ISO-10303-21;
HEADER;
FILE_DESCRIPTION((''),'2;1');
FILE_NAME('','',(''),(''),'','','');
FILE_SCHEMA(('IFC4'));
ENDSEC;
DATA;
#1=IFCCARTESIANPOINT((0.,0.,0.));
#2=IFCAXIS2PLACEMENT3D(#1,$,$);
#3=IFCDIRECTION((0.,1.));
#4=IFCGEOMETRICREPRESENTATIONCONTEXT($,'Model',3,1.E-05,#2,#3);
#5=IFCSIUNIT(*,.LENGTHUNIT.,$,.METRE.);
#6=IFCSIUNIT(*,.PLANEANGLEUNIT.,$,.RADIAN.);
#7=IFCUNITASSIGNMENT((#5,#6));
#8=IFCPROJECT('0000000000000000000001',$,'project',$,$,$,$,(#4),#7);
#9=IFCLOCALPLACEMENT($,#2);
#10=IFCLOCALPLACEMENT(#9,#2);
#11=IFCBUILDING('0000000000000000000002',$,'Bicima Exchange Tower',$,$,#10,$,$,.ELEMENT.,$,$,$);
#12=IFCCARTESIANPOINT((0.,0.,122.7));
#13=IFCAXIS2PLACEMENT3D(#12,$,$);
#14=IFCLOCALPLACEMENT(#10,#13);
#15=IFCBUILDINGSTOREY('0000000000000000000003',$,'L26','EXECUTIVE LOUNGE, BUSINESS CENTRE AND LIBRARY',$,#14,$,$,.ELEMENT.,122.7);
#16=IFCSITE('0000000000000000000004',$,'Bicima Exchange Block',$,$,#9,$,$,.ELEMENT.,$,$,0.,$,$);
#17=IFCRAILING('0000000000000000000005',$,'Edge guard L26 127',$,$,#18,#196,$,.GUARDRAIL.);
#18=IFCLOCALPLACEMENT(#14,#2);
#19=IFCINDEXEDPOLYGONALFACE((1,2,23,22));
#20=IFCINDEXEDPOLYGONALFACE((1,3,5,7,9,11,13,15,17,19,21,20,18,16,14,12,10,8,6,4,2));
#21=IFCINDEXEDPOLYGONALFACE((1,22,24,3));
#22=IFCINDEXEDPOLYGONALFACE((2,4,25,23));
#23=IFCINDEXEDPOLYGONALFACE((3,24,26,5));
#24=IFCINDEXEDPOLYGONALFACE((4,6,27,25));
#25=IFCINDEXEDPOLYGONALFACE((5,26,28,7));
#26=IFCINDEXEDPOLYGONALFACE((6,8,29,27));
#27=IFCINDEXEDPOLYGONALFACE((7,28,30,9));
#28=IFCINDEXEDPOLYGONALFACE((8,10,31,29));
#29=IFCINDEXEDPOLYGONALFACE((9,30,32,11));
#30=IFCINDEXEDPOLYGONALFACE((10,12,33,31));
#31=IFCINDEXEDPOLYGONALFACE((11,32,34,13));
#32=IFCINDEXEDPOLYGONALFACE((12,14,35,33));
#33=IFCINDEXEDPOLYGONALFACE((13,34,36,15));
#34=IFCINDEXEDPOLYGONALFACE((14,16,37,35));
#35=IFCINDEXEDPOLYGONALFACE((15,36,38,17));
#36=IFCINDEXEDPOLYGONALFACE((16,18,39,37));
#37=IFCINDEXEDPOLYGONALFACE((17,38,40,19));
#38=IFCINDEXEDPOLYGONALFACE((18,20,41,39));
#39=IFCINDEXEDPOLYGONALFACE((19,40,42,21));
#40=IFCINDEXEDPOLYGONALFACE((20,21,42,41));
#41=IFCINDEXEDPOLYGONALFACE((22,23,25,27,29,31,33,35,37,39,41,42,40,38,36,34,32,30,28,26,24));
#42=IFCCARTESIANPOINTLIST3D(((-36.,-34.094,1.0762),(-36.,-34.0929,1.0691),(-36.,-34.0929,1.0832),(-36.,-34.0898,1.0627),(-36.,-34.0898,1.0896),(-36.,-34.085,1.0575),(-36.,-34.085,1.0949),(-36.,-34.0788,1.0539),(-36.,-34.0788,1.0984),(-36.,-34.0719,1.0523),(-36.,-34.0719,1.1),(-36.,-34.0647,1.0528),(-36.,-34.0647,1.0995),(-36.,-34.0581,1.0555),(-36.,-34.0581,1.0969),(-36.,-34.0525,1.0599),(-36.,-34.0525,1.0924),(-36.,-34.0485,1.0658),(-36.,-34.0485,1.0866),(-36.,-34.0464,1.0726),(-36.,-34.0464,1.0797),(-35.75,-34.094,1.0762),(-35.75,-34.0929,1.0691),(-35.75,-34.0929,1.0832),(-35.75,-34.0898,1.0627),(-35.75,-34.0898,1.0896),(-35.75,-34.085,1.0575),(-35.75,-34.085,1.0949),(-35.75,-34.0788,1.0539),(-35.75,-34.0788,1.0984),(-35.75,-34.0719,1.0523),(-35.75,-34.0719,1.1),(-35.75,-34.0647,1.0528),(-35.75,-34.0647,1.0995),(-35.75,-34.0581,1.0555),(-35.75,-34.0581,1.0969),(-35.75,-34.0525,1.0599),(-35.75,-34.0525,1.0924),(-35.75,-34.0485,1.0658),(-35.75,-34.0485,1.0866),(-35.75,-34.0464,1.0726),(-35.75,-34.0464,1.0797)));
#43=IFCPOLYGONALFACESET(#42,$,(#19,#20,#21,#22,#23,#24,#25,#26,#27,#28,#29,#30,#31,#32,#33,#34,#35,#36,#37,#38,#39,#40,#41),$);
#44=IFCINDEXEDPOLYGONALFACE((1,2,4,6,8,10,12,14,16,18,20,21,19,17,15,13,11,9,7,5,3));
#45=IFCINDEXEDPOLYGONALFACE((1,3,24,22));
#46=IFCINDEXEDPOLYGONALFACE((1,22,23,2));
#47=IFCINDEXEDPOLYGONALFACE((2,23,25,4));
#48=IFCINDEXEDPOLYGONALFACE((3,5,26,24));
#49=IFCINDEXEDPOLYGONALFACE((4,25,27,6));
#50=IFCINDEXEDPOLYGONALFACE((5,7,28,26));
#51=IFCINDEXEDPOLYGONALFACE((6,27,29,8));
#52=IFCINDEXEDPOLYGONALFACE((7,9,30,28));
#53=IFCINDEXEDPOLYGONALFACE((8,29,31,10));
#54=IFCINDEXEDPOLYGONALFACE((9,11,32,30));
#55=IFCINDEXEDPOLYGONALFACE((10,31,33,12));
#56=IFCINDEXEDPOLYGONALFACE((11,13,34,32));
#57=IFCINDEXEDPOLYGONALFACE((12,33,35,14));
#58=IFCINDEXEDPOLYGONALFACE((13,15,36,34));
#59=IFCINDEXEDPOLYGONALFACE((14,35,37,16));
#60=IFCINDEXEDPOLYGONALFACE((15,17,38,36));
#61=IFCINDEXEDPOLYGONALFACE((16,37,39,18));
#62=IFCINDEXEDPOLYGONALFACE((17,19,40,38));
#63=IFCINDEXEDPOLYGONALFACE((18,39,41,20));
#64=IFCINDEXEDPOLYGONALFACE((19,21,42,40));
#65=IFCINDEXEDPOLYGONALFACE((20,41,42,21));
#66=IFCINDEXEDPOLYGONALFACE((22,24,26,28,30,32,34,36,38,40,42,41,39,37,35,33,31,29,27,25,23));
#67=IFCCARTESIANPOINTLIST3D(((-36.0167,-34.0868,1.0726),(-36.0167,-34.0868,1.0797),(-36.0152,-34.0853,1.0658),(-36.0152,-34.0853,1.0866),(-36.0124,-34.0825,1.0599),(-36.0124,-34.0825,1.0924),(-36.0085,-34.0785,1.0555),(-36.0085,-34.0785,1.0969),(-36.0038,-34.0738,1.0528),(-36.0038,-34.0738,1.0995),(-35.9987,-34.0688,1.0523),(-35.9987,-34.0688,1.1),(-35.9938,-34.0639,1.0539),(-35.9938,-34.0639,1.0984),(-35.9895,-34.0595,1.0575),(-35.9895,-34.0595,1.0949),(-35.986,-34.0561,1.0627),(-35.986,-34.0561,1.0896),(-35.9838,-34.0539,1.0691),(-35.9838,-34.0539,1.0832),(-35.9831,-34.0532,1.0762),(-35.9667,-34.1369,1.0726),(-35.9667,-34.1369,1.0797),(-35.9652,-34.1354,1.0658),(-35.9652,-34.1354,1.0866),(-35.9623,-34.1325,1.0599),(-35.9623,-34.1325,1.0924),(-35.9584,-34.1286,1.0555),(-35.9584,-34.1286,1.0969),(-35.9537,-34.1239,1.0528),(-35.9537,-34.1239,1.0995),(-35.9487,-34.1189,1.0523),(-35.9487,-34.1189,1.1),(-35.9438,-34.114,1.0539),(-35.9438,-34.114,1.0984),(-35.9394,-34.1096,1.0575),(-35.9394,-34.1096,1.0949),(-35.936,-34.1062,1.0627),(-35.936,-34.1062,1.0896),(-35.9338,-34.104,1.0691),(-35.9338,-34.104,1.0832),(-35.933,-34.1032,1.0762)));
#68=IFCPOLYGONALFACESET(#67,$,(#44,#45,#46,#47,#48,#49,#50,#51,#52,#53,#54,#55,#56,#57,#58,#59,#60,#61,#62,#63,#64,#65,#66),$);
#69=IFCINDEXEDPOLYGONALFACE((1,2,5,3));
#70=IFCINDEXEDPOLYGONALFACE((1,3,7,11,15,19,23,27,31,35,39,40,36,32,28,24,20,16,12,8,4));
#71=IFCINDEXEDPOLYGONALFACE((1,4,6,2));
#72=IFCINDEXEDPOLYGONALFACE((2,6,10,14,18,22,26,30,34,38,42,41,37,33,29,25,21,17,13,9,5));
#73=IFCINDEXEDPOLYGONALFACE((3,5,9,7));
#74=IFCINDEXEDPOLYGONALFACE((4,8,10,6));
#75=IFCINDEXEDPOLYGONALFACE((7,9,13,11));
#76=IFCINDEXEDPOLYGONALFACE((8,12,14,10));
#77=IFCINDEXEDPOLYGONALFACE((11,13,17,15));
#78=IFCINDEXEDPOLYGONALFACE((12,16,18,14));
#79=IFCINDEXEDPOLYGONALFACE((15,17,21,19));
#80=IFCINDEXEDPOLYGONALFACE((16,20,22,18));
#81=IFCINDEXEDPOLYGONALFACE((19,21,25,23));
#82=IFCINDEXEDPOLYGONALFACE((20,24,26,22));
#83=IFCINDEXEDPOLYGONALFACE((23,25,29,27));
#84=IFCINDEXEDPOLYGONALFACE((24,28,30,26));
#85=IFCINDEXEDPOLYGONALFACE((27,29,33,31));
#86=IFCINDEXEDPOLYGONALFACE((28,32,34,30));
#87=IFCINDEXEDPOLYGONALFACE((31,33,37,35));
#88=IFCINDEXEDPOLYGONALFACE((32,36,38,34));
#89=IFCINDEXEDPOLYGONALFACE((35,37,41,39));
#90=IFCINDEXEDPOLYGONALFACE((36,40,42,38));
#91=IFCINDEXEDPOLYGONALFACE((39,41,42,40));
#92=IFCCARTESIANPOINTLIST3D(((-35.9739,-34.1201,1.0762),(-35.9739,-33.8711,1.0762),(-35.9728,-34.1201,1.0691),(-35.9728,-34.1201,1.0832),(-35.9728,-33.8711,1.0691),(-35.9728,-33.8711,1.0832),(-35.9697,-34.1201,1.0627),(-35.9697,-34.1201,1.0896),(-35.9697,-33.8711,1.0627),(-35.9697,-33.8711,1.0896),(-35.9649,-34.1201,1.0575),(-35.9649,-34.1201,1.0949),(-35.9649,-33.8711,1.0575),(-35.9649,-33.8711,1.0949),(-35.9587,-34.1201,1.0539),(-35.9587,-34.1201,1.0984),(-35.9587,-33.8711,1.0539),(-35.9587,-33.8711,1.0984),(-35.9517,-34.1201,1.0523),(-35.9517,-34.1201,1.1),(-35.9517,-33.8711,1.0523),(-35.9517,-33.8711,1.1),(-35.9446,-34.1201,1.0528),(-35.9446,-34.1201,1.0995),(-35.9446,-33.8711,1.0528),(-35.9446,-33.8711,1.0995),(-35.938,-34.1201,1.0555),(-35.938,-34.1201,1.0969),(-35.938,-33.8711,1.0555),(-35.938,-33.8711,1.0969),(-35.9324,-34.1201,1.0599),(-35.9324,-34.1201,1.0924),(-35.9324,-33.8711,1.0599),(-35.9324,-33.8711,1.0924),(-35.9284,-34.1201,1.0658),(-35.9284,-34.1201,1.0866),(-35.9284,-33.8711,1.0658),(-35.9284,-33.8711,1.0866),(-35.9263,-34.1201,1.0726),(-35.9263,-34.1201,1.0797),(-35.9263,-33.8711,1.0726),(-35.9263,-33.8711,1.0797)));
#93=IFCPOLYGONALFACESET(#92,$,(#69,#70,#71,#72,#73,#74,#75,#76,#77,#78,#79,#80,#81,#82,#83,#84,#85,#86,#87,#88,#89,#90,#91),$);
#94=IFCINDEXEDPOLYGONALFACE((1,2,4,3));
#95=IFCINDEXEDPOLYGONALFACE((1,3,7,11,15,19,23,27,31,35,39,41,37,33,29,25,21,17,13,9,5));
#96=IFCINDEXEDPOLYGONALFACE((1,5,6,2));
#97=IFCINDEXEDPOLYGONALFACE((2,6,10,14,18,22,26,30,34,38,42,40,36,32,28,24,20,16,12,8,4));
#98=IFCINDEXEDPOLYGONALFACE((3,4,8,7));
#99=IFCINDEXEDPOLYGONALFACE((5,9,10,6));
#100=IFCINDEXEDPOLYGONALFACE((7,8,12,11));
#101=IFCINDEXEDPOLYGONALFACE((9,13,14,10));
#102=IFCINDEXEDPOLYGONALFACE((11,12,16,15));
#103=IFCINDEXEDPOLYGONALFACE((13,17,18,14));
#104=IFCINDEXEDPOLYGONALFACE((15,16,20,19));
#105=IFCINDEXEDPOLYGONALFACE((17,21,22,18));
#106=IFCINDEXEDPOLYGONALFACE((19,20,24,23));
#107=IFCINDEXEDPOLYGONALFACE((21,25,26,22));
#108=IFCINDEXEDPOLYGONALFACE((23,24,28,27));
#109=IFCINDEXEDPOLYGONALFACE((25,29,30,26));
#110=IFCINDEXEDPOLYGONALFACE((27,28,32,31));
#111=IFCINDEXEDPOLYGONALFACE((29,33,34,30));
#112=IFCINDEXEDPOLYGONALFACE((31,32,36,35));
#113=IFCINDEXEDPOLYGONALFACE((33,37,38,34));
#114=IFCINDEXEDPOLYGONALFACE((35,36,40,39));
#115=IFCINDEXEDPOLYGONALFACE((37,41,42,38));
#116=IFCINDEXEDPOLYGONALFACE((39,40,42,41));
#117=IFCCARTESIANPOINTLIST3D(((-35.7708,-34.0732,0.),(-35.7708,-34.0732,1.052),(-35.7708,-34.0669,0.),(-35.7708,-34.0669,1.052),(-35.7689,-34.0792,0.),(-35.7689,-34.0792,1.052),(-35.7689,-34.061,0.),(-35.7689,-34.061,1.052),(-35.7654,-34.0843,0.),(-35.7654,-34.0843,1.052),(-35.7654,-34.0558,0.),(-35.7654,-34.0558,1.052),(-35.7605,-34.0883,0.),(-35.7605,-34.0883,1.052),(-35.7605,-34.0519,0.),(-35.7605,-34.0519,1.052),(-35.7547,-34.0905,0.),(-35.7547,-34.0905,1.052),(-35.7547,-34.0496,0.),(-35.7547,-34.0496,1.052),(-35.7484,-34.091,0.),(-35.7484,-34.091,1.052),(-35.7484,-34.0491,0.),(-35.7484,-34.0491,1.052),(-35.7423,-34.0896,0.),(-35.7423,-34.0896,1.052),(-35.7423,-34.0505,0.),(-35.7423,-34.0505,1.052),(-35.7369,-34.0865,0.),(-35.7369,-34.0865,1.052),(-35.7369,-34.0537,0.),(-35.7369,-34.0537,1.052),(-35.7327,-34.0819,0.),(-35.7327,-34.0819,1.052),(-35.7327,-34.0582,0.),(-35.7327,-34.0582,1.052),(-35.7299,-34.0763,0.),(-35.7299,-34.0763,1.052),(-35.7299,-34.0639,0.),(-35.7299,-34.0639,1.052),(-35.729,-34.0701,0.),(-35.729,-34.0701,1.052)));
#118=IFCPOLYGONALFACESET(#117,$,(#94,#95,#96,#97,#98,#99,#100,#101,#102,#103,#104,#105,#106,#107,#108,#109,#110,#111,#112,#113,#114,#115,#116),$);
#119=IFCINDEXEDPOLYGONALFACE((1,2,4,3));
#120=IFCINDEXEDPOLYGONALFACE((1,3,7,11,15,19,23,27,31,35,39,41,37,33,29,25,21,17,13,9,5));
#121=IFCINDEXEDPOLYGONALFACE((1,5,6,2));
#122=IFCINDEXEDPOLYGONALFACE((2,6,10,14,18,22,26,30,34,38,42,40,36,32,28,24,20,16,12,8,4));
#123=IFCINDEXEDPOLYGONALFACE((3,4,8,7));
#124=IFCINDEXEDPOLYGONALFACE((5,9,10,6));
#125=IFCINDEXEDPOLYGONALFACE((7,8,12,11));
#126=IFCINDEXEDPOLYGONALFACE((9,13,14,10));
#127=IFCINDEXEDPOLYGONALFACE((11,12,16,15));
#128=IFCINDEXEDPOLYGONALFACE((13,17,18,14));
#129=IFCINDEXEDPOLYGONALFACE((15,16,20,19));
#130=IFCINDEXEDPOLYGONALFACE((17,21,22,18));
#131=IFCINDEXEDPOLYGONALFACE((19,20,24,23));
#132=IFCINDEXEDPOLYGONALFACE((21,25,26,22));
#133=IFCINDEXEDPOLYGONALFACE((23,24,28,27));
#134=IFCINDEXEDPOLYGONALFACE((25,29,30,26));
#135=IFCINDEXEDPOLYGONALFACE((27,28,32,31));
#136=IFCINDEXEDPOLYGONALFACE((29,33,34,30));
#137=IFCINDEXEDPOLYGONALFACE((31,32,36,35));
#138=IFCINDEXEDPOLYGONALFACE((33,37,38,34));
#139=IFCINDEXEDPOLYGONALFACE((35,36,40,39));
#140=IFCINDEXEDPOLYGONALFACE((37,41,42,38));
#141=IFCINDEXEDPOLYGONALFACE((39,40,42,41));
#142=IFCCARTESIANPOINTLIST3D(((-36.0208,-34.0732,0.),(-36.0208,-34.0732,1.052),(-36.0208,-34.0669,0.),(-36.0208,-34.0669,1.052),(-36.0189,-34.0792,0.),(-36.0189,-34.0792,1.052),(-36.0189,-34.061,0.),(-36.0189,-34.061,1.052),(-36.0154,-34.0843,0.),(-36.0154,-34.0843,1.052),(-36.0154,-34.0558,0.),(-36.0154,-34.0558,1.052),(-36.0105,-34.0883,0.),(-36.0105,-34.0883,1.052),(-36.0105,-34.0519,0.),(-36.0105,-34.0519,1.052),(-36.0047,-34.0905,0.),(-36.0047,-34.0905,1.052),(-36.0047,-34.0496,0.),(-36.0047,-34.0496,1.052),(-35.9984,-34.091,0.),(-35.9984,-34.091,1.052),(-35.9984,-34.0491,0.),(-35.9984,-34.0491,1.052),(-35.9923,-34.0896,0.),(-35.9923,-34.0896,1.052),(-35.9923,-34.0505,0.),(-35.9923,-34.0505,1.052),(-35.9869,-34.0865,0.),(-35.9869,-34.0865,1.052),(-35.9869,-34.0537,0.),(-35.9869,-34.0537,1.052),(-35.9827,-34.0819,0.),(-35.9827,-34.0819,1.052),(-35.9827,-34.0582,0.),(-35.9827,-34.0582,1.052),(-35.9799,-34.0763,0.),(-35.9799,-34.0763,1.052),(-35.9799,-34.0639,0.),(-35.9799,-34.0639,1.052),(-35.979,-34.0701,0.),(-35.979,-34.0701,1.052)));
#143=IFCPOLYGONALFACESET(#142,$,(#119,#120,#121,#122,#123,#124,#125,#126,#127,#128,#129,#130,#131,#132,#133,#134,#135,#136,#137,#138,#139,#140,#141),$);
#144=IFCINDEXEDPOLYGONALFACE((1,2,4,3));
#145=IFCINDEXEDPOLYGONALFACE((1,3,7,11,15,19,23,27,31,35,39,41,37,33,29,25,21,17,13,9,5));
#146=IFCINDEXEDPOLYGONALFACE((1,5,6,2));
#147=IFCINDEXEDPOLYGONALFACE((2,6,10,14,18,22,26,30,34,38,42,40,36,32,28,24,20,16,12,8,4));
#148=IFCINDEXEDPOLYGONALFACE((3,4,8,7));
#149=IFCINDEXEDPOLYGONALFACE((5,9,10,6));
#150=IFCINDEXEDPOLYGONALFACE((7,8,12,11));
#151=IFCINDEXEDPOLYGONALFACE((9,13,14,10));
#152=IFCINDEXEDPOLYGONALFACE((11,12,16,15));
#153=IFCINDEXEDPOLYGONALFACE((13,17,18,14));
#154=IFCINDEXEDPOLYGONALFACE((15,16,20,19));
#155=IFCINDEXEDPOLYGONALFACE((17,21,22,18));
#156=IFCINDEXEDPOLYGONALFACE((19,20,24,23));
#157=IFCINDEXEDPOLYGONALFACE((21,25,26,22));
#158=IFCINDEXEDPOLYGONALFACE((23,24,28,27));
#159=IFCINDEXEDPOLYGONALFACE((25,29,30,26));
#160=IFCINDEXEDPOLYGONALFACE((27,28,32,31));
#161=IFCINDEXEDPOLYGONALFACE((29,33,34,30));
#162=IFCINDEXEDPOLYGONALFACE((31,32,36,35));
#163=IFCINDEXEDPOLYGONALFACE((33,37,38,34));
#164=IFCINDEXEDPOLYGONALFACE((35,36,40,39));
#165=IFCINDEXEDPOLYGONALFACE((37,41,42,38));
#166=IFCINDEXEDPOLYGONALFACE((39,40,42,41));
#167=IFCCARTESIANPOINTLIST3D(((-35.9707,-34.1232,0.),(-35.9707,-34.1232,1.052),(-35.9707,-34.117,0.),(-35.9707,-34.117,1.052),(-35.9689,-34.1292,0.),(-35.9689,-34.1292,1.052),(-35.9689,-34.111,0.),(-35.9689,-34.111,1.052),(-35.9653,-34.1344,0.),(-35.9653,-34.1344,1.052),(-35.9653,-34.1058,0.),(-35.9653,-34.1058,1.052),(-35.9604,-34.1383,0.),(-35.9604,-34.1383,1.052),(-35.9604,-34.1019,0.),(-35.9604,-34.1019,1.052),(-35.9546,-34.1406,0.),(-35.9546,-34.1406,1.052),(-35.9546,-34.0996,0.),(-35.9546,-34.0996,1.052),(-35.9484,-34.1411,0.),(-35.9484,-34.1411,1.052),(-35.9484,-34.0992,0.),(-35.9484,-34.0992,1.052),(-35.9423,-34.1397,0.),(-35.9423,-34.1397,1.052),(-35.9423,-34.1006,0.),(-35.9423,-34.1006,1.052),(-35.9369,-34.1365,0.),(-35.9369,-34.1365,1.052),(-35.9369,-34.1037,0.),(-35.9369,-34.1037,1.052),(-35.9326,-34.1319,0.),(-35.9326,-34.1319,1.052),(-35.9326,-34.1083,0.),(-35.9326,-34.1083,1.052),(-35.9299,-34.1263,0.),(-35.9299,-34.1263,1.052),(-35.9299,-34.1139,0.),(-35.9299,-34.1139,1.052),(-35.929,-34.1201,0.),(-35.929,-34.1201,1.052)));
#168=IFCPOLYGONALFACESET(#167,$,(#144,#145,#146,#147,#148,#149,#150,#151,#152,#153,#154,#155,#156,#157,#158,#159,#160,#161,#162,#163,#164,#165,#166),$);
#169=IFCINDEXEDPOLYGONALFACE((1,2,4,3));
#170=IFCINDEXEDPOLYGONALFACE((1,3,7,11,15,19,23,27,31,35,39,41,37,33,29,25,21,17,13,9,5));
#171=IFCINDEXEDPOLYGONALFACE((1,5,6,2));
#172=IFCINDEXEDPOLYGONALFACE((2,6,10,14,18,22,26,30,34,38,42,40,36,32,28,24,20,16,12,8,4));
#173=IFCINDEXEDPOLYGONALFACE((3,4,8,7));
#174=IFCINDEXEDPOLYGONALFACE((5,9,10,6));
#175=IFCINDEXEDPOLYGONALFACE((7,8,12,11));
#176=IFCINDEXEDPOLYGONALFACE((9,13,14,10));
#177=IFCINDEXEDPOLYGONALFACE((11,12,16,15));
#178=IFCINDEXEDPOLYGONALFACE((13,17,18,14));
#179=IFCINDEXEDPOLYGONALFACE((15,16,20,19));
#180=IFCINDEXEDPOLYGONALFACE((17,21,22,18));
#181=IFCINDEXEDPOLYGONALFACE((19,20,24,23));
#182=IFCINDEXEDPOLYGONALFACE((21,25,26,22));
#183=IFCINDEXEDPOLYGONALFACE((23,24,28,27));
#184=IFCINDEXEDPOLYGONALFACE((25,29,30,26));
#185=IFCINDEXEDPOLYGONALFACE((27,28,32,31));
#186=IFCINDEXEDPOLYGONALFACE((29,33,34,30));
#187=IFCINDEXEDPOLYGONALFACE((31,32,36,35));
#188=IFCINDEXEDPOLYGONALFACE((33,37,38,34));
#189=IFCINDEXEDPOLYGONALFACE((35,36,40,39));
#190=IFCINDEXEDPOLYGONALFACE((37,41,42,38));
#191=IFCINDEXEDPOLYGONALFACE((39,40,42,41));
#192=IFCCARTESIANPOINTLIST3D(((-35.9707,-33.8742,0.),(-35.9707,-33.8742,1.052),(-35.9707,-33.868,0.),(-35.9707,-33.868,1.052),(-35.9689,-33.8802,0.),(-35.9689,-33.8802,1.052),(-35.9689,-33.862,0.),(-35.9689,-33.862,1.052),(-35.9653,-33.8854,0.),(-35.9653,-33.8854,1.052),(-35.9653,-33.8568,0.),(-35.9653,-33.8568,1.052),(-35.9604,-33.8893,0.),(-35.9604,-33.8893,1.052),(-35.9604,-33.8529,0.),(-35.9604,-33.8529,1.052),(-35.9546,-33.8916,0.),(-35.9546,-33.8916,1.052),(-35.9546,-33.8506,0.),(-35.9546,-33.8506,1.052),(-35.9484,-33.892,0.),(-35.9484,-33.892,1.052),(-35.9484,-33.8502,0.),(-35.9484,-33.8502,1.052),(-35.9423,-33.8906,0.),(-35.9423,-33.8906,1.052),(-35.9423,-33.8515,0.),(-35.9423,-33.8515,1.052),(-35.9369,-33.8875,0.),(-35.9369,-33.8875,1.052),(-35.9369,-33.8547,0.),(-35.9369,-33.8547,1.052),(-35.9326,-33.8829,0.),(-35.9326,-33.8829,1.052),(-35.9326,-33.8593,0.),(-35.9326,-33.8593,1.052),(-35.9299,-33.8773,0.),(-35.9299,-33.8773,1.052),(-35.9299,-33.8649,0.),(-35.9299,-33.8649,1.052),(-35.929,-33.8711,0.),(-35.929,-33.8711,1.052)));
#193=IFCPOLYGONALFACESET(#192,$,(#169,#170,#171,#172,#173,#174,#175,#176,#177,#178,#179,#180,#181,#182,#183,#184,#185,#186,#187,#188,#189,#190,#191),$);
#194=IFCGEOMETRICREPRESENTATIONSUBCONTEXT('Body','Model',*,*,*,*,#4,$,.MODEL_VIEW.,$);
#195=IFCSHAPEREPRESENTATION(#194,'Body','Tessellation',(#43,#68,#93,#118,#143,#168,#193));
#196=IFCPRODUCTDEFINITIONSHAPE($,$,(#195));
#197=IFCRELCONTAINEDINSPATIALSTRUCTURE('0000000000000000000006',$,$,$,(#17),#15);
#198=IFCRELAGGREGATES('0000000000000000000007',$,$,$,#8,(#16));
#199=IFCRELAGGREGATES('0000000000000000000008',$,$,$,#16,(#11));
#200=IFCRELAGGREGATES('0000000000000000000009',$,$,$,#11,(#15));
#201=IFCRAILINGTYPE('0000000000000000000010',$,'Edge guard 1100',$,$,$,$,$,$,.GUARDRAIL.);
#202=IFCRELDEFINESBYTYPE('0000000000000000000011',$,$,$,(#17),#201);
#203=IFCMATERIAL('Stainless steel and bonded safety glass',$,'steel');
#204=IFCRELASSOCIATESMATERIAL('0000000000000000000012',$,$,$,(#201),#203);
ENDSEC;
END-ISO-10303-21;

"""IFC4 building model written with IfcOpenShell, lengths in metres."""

from ifc_helpers import new_model, si_unit, direction, frame, origin, origin_2d, place, context, subcontext, project, spatial, circle, extrude, material, type_object, element, save


model = new_model("IFC4")

# Units and contexts
model_context = context("Model", 3, precision=1e-05, world=origin(), true_north=direction((0.0, 1.0)))
body_context = subcontext(model_context, "Body", "Model", "MODEL_VIEW")
ifc_project = project(units=[si_unit("LENGTHUNIT", "METRE"), si_unit("PLANEANGLEUNIT", "RADIAN")], contexts=[model_context])

# Site, building, storey
site_placement = place(None, origin())
site = spatial("IfcSite", under=ifc_project, at=site_placement, Name="Bicima Exchange Block", CompositionType="ELEMENT", RefElevation=0.0)
building_placement = place(site_placement, origin())
building = spatial("IfcBuilding", under=site, at=building_placement, Name="Bicima Exchange Tower", CompositionType="ELEMENT")
storey_placement = place(building_placement, frame((0.0, 0.0, 122.7)))
storey = spatial("IfcBuildingStorey", under=building, at=storey_placement, Name="L26", Description="EXECUTIVE LOUNGE, BUSINESS CENTRE AND LIBRARY", CompositionType="ELEMENT", Elevation=122.7)

# Railing
ifc_material_1 = material(Name="Stainless steel and bonded safety glass", Category="steel")
railing_type = type_object("IfcRailingType", Name="Edge guard 1100", PredefinedType="GUARDRAIL", material=ifc_material_1)
railing_1_placement = place(storey_placement, frame((-35.75, -34.0701, 0.0)))
element("IfcRailing", 1, at=railing_1_placement, inside=storey, type_object=railing_type, Name="Edge guard L26 127", PredefinedType="GUARDRAIL", context=body_context, shape_type="SweptSolid", body=[
    extrude(circle(Radius=0.0239, at=origin_2d()), frame((0.0, 0.0, 1.0762), z_axis=(-1.0, 0.0, 0.0), x_axis=(0.0, -1.0, 0.0)), (0.0, 0.0, 1.0), 0.25),
    extrude(circle(Radius=0.0239, at=origin_2d()), frame((-0.25, 0.0, 1.0762), z_axis=(0.707107, -0.707107, 0.0), x_axis=(0.707107, 0.707107, 0.0)), (0.0, 0.0, 1.0), 0.0708),
    extrude(circle(Radius=0.0239, at=origin_2d()), frame((-0.2, -0.05, 1.0762), z_axis=(0.0, 1.0, 0.0), x_axis=(-1.0, 0.0, 0.0)), (0.0, 0.0, 1.0), 0.249),
    extrude(circle(Radius=0.021, at=origin_2d()), origin(), (0.0, 0.0, 1.0), 1.052),
    extrude(circle(Radius=0.021, at=origin_2d()), frame((-0.25, 0.0, 0.0)), (0.0, 0.0, 1.0), 1.052),
    extrude(circle(Radius=0.021, at=origin_2d()), frame((-0.2, -0.05, 0.0)), (0.0, 0.0, 1.0), 1.052),
    extrude(circle(Radius=0.021, at=origin_2d()), frame((-0.2, 0.199, 0.0)), (0.0, 0.0, 1.0), 1.052),
])

save(model, "model.ifc")
